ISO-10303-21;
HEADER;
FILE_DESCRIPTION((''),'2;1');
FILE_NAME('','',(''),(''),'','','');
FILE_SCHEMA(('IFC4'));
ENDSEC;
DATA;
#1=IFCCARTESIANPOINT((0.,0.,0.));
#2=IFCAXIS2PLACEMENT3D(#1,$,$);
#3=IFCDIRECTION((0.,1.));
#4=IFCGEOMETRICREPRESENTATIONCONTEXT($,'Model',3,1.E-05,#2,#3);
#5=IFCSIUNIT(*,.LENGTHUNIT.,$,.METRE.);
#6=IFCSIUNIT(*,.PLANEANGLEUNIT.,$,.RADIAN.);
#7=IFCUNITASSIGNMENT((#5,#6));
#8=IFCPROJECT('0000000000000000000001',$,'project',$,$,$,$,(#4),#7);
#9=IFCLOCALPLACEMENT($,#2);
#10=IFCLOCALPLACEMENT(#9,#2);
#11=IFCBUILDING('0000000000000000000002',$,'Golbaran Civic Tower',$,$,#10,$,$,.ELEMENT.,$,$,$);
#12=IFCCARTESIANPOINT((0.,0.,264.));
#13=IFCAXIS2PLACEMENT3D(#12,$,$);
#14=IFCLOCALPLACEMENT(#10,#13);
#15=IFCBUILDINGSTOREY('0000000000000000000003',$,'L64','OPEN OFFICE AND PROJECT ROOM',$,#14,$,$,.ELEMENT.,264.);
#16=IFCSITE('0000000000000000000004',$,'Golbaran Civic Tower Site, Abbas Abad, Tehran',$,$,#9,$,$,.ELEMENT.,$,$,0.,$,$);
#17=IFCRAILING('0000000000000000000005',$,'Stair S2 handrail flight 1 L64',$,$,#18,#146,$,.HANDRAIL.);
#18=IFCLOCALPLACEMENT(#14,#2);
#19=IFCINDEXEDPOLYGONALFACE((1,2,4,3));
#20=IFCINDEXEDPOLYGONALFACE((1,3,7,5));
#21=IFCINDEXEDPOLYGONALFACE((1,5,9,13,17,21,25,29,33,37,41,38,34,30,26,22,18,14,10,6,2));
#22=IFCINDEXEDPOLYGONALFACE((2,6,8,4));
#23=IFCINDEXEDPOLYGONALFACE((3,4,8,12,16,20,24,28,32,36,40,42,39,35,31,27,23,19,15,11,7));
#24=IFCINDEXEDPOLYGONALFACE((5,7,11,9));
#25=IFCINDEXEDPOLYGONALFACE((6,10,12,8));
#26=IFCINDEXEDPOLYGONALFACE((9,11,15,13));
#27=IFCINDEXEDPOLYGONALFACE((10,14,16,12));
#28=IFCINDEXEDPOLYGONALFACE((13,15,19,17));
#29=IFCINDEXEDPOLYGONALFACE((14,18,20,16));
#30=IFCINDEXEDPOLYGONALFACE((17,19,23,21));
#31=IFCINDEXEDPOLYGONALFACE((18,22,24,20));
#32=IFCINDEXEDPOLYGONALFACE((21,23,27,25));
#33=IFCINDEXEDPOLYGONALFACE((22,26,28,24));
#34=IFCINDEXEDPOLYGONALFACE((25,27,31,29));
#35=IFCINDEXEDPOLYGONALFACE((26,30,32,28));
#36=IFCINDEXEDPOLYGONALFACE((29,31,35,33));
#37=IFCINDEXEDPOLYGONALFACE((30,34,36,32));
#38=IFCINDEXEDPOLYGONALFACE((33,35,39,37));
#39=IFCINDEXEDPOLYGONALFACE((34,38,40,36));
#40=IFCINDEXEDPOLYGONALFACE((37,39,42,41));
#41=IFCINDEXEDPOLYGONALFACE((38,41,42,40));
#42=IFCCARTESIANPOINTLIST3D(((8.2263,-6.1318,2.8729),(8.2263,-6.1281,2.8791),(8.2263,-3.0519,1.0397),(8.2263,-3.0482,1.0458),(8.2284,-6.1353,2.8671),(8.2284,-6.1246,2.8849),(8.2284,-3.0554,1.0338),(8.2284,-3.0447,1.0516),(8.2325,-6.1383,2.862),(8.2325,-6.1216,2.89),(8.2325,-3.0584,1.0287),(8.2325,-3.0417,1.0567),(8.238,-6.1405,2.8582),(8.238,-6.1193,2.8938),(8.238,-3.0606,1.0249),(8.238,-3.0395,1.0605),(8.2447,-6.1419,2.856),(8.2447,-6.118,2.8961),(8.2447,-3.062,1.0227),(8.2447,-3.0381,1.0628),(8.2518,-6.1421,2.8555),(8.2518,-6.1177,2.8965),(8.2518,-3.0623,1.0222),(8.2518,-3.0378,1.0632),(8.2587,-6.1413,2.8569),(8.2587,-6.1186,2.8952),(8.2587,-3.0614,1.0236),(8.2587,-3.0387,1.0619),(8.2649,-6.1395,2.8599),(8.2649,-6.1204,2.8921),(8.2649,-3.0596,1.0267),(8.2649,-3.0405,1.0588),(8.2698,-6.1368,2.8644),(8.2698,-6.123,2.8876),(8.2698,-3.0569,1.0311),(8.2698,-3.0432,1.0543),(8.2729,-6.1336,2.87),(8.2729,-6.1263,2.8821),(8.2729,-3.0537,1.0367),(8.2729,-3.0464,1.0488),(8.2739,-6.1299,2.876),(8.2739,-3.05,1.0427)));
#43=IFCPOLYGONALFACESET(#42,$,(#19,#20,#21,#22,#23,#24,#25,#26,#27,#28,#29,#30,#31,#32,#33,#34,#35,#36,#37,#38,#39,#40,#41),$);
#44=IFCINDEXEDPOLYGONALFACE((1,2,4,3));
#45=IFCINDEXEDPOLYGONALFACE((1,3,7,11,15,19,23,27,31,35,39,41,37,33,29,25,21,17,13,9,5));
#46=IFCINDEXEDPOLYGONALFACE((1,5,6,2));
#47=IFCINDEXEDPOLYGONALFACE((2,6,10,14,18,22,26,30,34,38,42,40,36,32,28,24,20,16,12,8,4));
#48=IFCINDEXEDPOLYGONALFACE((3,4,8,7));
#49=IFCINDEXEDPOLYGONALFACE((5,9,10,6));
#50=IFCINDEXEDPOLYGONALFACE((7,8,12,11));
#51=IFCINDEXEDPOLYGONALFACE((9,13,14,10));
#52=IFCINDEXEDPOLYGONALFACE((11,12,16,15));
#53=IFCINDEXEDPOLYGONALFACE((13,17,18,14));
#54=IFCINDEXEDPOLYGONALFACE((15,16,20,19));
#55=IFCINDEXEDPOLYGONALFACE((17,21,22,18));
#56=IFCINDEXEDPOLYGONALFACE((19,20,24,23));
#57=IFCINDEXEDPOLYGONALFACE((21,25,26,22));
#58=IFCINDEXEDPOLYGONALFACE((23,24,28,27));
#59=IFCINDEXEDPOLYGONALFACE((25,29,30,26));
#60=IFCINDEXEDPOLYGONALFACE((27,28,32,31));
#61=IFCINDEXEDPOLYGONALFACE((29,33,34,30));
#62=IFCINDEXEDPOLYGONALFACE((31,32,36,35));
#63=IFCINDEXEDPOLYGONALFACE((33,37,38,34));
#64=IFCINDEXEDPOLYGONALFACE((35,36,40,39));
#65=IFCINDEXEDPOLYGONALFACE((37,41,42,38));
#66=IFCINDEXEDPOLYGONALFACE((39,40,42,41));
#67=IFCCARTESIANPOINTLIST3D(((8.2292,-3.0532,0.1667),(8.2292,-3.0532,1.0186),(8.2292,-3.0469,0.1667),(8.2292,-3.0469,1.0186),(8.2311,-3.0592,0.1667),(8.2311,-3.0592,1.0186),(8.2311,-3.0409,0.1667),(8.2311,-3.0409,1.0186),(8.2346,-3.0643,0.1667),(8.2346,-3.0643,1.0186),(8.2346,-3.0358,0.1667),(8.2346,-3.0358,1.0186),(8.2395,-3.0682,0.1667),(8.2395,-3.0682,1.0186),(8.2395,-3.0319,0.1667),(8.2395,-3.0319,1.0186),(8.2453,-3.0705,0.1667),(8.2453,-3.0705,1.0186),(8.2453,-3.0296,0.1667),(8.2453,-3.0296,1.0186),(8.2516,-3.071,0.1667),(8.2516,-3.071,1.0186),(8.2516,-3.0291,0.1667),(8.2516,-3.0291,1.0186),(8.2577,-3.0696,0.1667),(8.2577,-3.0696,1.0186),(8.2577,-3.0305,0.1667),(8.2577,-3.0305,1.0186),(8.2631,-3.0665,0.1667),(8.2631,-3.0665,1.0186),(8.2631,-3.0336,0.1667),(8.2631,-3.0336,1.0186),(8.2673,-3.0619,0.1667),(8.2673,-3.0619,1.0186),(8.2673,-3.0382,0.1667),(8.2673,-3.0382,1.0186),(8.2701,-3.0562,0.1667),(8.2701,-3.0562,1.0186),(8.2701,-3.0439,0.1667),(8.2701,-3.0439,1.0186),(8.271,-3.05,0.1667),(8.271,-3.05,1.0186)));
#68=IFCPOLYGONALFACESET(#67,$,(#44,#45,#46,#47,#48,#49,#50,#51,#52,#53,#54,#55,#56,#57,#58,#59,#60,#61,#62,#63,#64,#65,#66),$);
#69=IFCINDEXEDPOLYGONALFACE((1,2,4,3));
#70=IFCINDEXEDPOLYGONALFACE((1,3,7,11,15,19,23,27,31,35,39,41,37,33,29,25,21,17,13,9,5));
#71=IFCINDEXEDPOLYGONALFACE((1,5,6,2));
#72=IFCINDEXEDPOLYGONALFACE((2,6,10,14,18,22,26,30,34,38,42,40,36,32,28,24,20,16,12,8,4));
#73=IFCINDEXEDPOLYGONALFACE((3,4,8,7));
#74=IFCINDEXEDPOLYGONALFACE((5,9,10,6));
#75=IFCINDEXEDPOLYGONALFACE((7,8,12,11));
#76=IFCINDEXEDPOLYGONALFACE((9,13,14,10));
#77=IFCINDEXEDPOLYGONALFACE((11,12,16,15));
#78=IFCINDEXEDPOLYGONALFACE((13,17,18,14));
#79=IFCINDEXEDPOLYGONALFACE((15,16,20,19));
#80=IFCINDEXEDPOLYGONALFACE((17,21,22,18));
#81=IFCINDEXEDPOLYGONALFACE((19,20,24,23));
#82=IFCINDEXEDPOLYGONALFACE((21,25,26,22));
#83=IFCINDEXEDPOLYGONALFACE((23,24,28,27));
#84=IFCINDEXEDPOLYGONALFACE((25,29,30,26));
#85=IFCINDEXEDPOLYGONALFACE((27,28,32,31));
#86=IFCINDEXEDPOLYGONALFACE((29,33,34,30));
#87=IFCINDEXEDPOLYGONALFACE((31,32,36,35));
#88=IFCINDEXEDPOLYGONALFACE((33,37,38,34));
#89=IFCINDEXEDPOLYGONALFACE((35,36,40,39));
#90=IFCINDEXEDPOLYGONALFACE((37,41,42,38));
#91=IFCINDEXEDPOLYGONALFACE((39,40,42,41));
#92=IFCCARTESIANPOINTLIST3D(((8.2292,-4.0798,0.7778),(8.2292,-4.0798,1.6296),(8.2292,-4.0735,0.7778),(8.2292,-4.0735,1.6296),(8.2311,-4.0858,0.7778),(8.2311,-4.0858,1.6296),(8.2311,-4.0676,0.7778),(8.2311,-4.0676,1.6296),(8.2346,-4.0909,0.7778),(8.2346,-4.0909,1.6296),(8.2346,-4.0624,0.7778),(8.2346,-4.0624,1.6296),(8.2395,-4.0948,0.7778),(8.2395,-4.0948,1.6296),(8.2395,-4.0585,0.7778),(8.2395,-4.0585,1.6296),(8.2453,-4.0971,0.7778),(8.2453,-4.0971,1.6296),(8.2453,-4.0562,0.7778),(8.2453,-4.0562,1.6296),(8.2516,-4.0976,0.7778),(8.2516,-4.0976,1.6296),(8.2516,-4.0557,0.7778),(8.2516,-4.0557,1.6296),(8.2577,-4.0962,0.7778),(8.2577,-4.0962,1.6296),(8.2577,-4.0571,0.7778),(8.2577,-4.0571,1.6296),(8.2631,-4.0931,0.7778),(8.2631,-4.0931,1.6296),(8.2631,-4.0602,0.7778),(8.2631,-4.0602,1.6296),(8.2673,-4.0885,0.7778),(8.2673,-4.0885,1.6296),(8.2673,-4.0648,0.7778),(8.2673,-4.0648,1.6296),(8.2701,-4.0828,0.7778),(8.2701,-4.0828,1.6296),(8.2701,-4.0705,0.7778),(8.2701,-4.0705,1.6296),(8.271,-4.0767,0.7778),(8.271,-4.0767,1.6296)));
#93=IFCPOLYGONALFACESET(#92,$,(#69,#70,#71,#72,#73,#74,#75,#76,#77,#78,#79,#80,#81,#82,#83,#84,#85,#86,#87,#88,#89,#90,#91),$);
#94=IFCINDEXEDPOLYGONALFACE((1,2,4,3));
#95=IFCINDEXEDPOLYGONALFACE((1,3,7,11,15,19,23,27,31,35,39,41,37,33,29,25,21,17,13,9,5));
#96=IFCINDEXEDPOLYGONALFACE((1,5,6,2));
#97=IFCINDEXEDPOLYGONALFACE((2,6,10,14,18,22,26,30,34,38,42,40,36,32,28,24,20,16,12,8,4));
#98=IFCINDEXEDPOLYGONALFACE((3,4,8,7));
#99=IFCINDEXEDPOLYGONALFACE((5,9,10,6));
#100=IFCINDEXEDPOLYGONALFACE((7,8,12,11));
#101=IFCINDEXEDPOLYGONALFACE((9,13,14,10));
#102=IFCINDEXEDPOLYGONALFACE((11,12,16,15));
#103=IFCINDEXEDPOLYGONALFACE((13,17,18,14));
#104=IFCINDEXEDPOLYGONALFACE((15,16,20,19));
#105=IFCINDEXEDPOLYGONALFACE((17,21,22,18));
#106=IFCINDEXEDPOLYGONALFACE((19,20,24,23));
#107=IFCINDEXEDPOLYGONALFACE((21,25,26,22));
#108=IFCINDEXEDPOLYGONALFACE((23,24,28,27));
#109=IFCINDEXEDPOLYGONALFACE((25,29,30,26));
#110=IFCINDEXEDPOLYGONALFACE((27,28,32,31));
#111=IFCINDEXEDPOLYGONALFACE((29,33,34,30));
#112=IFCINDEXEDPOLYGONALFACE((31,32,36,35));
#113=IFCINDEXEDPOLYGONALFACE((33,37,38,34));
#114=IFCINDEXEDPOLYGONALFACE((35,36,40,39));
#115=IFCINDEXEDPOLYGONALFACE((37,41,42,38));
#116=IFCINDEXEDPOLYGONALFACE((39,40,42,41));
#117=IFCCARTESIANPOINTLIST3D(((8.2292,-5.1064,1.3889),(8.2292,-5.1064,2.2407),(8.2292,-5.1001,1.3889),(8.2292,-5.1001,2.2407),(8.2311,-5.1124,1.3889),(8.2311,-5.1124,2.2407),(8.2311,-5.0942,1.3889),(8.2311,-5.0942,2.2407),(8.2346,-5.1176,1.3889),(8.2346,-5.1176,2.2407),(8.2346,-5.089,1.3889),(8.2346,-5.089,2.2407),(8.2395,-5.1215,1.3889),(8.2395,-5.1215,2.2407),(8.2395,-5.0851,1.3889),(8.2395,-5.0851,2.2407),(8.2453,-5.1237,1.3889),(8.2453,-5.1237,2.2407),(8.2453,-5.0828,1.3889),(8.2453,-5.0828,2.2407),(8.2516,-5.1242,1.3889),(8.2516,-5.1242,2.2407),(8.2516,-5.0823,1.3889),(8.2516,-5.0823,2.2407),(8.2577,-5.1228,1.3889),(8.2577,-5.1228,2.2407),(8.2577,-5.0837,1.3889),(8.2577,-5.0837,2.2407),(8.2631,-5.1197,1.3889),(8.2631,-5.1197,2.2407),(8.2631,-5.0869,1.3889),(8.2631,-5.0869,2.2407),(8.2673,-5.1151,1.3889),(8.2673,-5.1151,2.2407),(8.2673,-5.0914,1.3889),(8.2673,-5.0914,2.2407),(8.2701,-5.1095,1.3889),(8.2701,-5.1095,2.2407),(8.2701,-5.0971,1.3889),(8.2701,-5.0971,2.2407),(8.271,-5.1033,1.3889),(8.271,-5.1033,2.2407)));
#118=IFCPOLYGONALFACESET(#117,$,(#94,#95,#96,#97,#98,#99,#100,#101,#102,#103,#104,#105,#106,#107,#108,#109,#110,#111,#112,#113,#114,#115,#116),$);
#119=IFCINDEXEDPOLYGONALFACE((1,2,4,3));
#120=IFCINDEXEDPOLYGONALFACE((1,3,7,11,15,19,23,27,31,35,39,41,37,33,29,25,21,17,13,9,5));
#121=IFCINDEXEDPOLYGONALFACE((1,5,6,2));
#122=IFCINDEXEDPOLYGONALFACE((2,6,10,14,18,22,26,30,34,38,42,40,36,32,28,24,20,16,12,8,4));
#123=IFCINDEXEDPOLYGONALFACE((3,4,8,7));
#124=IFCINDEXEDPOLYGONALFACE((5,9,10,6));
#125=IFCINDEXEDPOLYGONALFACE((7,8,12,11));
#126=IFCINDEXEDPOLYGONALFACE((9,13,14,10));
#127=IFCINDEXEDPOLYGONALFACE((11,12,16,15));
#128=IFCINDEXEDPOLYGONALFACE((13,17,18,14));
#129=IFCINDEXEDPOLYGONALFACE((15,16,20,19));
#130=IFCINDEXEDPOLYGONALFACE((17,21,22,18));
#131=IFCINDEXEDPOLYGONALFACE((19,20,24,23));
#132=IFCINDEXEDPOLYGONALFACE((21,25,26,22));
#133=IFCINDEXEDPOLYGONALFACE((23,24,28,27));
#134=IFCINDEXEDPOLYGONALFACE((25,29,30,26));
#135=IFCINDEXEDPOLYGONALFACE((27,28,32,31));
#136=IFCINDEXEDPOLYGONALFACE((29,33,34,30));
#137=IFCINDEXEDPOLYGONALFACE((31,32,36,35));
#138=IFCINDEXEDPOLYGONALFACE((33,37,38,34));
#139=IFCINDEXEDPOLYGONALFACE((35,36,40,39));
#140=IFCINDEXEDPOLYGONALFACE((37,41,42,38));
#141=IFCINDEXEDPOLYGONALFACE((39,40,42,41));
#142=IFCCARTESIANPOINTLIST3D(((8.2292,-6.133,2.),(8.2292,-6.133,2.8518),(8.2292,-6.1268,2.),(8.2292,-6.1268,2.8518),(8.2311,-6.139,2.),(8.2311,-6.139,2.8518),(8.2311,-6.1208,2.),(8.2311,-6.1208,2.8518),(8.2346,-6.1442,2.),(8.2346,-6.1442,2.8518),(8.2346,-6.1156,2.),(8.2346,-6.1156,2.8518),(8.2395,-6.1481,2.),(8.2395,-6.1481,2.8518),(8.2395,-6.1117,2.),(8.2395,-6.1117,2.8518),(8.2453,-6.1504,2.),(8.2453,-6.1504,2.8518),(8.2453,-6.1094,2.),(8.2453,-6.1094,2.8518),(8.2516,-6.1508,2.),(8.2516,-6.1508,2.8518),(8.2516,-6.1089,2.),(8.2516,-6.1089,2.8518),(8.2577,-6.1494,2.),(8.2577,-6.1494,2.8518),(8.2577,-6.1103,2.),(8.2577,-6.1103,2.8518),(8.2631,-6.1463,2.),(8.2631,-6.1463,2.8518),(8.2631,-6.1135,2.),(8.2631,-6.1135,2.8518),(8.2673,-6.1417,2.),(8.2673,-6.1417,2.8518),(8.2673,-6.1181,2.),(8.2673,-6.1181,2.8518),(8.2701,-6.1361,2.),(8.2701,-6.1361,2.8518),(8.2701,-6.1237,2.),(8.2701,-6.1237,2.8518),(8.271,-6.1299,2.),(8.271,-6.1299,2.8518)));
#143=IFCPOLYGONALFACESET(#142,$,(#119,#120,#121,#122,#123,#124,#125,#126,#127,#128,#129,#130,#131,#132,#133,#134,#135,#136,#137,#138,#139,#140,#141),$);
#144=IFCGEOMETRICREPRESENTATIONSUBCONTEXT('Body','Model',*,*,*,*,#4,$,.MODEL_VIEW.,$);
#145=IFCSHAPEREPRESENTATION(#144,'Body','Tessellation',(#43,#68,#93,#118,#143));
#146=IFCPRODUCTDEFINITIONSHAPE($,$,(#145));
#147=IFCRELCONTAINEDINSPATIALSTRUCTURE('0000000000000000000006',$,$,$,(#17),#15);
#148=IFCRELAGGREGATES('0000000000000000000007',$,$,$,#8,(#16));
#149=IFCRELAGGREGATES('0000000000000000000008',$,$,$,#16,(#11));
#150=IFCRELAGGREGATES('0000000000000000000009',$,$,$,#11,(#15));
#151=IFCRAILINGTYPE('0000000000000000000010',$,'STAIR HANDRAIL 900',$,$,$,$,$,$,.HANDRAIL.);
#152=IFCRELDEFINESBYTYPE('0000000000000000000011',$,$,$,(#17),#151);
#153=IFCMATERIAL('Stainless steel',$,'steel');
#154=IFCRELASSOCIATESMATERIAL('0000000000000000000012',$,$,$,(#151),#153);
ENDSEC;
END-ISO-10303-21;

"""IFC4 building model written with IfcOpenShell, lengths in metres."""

from ifc_helpers import new_model, si_unit, direction, frame, origin, origin_2d, place, context, subcontext, project, spatial, circle, extrude, material, type_object, element, save


model = new_model("IFC4")

# Units and contexts
model_context = context("Model", 3, precision=1e-05, world=origin(), true_north=direction((0.0, 1.0)))
body_context = subcontext(model_context, "Body", "Model", "MODEL_VIEW")
ifc_project = project(units=[si_unit("LENGTHUNIT", "METRE"), si_unit("PLANEANGLEUNIT", "RADIAN")], contexts=[model_context])

# Site, building, storey
site_placement = place(None, origin())
site = spatial("IfcSite", under=ifc_project, at=site_placement, Name="Golbaran Civic Tower Site, Abbas Abad, Tehran", CompositionType="ELEMENT", RefElevation=0.0)
building_placement = place(site_placement, origin())
building = spatial("IfcBuilding", under=site, at=building_placement, Name="Golbaran Civic Tower", CompositionType="ELEMENT")
storey_placement = place(building_placement, frame((0.0, 0.0, 264.0)))
storey = spatial("IfcBuildingStorey", under=building, at=storey_placement, Name="L64", Description="OPEN OFFICE AND PROJECT ROOM", CompositionType="ELEMENT", Elevation=264.0)

# Shared definitions
ifc_material_1 = material(Name="Stainless steel", Category="steel")

# Railing
railing_type = type_object("IfcRailingType", Name="STAIR HANDRAIL 900", PredefinedType="HANDRAIL", material=ifc_material_1)
railing_1_placement = place(storey_placement, frame((8.25, -3.05, 0.1667)))
element("IfcRailing", 1, at=railing_1_placement, inside=storey, type_object=railing_type, Name="Stair S2 handrail flight 1 L64", PredefinedType="HANDRAIL", context=body_context, shape_type="SweptSolid", body=[
    extrude(circle(Radius=0.0239, at=origin_2d()), frame((0.0, 0.0, 0.876), z_axis=(0.0, -0.859291, 0.511487), x_axis=(1.0, 0.0, 0.0)), (0.0, 0.0, 1.0), 3.5842),
    extrude(circle(Radius=0.021, at=origin_2d()), origin(), (0.0, 0.0, 1.0), 0.8518),
    extrude(circle(Radius=0.021, at=origin_2d()), frame((0.0, -1.0266, 0.6111)), (0.0, 0.0, 1.0), 0.8518),
    extrude(circle(Radius=0.021, at=origin_2d()), frame((0.0, -2.0532, 1.2222)), (0.0, 0.0, 1.0), 0.8518),
    extrude(circle(Radius=0.021, at=origin_2d()), frame((0.0, -3.0798, 1.8333)), (0.0, 0.0, 1.0), 0.8518),
])

save(model, "model.ifc")
